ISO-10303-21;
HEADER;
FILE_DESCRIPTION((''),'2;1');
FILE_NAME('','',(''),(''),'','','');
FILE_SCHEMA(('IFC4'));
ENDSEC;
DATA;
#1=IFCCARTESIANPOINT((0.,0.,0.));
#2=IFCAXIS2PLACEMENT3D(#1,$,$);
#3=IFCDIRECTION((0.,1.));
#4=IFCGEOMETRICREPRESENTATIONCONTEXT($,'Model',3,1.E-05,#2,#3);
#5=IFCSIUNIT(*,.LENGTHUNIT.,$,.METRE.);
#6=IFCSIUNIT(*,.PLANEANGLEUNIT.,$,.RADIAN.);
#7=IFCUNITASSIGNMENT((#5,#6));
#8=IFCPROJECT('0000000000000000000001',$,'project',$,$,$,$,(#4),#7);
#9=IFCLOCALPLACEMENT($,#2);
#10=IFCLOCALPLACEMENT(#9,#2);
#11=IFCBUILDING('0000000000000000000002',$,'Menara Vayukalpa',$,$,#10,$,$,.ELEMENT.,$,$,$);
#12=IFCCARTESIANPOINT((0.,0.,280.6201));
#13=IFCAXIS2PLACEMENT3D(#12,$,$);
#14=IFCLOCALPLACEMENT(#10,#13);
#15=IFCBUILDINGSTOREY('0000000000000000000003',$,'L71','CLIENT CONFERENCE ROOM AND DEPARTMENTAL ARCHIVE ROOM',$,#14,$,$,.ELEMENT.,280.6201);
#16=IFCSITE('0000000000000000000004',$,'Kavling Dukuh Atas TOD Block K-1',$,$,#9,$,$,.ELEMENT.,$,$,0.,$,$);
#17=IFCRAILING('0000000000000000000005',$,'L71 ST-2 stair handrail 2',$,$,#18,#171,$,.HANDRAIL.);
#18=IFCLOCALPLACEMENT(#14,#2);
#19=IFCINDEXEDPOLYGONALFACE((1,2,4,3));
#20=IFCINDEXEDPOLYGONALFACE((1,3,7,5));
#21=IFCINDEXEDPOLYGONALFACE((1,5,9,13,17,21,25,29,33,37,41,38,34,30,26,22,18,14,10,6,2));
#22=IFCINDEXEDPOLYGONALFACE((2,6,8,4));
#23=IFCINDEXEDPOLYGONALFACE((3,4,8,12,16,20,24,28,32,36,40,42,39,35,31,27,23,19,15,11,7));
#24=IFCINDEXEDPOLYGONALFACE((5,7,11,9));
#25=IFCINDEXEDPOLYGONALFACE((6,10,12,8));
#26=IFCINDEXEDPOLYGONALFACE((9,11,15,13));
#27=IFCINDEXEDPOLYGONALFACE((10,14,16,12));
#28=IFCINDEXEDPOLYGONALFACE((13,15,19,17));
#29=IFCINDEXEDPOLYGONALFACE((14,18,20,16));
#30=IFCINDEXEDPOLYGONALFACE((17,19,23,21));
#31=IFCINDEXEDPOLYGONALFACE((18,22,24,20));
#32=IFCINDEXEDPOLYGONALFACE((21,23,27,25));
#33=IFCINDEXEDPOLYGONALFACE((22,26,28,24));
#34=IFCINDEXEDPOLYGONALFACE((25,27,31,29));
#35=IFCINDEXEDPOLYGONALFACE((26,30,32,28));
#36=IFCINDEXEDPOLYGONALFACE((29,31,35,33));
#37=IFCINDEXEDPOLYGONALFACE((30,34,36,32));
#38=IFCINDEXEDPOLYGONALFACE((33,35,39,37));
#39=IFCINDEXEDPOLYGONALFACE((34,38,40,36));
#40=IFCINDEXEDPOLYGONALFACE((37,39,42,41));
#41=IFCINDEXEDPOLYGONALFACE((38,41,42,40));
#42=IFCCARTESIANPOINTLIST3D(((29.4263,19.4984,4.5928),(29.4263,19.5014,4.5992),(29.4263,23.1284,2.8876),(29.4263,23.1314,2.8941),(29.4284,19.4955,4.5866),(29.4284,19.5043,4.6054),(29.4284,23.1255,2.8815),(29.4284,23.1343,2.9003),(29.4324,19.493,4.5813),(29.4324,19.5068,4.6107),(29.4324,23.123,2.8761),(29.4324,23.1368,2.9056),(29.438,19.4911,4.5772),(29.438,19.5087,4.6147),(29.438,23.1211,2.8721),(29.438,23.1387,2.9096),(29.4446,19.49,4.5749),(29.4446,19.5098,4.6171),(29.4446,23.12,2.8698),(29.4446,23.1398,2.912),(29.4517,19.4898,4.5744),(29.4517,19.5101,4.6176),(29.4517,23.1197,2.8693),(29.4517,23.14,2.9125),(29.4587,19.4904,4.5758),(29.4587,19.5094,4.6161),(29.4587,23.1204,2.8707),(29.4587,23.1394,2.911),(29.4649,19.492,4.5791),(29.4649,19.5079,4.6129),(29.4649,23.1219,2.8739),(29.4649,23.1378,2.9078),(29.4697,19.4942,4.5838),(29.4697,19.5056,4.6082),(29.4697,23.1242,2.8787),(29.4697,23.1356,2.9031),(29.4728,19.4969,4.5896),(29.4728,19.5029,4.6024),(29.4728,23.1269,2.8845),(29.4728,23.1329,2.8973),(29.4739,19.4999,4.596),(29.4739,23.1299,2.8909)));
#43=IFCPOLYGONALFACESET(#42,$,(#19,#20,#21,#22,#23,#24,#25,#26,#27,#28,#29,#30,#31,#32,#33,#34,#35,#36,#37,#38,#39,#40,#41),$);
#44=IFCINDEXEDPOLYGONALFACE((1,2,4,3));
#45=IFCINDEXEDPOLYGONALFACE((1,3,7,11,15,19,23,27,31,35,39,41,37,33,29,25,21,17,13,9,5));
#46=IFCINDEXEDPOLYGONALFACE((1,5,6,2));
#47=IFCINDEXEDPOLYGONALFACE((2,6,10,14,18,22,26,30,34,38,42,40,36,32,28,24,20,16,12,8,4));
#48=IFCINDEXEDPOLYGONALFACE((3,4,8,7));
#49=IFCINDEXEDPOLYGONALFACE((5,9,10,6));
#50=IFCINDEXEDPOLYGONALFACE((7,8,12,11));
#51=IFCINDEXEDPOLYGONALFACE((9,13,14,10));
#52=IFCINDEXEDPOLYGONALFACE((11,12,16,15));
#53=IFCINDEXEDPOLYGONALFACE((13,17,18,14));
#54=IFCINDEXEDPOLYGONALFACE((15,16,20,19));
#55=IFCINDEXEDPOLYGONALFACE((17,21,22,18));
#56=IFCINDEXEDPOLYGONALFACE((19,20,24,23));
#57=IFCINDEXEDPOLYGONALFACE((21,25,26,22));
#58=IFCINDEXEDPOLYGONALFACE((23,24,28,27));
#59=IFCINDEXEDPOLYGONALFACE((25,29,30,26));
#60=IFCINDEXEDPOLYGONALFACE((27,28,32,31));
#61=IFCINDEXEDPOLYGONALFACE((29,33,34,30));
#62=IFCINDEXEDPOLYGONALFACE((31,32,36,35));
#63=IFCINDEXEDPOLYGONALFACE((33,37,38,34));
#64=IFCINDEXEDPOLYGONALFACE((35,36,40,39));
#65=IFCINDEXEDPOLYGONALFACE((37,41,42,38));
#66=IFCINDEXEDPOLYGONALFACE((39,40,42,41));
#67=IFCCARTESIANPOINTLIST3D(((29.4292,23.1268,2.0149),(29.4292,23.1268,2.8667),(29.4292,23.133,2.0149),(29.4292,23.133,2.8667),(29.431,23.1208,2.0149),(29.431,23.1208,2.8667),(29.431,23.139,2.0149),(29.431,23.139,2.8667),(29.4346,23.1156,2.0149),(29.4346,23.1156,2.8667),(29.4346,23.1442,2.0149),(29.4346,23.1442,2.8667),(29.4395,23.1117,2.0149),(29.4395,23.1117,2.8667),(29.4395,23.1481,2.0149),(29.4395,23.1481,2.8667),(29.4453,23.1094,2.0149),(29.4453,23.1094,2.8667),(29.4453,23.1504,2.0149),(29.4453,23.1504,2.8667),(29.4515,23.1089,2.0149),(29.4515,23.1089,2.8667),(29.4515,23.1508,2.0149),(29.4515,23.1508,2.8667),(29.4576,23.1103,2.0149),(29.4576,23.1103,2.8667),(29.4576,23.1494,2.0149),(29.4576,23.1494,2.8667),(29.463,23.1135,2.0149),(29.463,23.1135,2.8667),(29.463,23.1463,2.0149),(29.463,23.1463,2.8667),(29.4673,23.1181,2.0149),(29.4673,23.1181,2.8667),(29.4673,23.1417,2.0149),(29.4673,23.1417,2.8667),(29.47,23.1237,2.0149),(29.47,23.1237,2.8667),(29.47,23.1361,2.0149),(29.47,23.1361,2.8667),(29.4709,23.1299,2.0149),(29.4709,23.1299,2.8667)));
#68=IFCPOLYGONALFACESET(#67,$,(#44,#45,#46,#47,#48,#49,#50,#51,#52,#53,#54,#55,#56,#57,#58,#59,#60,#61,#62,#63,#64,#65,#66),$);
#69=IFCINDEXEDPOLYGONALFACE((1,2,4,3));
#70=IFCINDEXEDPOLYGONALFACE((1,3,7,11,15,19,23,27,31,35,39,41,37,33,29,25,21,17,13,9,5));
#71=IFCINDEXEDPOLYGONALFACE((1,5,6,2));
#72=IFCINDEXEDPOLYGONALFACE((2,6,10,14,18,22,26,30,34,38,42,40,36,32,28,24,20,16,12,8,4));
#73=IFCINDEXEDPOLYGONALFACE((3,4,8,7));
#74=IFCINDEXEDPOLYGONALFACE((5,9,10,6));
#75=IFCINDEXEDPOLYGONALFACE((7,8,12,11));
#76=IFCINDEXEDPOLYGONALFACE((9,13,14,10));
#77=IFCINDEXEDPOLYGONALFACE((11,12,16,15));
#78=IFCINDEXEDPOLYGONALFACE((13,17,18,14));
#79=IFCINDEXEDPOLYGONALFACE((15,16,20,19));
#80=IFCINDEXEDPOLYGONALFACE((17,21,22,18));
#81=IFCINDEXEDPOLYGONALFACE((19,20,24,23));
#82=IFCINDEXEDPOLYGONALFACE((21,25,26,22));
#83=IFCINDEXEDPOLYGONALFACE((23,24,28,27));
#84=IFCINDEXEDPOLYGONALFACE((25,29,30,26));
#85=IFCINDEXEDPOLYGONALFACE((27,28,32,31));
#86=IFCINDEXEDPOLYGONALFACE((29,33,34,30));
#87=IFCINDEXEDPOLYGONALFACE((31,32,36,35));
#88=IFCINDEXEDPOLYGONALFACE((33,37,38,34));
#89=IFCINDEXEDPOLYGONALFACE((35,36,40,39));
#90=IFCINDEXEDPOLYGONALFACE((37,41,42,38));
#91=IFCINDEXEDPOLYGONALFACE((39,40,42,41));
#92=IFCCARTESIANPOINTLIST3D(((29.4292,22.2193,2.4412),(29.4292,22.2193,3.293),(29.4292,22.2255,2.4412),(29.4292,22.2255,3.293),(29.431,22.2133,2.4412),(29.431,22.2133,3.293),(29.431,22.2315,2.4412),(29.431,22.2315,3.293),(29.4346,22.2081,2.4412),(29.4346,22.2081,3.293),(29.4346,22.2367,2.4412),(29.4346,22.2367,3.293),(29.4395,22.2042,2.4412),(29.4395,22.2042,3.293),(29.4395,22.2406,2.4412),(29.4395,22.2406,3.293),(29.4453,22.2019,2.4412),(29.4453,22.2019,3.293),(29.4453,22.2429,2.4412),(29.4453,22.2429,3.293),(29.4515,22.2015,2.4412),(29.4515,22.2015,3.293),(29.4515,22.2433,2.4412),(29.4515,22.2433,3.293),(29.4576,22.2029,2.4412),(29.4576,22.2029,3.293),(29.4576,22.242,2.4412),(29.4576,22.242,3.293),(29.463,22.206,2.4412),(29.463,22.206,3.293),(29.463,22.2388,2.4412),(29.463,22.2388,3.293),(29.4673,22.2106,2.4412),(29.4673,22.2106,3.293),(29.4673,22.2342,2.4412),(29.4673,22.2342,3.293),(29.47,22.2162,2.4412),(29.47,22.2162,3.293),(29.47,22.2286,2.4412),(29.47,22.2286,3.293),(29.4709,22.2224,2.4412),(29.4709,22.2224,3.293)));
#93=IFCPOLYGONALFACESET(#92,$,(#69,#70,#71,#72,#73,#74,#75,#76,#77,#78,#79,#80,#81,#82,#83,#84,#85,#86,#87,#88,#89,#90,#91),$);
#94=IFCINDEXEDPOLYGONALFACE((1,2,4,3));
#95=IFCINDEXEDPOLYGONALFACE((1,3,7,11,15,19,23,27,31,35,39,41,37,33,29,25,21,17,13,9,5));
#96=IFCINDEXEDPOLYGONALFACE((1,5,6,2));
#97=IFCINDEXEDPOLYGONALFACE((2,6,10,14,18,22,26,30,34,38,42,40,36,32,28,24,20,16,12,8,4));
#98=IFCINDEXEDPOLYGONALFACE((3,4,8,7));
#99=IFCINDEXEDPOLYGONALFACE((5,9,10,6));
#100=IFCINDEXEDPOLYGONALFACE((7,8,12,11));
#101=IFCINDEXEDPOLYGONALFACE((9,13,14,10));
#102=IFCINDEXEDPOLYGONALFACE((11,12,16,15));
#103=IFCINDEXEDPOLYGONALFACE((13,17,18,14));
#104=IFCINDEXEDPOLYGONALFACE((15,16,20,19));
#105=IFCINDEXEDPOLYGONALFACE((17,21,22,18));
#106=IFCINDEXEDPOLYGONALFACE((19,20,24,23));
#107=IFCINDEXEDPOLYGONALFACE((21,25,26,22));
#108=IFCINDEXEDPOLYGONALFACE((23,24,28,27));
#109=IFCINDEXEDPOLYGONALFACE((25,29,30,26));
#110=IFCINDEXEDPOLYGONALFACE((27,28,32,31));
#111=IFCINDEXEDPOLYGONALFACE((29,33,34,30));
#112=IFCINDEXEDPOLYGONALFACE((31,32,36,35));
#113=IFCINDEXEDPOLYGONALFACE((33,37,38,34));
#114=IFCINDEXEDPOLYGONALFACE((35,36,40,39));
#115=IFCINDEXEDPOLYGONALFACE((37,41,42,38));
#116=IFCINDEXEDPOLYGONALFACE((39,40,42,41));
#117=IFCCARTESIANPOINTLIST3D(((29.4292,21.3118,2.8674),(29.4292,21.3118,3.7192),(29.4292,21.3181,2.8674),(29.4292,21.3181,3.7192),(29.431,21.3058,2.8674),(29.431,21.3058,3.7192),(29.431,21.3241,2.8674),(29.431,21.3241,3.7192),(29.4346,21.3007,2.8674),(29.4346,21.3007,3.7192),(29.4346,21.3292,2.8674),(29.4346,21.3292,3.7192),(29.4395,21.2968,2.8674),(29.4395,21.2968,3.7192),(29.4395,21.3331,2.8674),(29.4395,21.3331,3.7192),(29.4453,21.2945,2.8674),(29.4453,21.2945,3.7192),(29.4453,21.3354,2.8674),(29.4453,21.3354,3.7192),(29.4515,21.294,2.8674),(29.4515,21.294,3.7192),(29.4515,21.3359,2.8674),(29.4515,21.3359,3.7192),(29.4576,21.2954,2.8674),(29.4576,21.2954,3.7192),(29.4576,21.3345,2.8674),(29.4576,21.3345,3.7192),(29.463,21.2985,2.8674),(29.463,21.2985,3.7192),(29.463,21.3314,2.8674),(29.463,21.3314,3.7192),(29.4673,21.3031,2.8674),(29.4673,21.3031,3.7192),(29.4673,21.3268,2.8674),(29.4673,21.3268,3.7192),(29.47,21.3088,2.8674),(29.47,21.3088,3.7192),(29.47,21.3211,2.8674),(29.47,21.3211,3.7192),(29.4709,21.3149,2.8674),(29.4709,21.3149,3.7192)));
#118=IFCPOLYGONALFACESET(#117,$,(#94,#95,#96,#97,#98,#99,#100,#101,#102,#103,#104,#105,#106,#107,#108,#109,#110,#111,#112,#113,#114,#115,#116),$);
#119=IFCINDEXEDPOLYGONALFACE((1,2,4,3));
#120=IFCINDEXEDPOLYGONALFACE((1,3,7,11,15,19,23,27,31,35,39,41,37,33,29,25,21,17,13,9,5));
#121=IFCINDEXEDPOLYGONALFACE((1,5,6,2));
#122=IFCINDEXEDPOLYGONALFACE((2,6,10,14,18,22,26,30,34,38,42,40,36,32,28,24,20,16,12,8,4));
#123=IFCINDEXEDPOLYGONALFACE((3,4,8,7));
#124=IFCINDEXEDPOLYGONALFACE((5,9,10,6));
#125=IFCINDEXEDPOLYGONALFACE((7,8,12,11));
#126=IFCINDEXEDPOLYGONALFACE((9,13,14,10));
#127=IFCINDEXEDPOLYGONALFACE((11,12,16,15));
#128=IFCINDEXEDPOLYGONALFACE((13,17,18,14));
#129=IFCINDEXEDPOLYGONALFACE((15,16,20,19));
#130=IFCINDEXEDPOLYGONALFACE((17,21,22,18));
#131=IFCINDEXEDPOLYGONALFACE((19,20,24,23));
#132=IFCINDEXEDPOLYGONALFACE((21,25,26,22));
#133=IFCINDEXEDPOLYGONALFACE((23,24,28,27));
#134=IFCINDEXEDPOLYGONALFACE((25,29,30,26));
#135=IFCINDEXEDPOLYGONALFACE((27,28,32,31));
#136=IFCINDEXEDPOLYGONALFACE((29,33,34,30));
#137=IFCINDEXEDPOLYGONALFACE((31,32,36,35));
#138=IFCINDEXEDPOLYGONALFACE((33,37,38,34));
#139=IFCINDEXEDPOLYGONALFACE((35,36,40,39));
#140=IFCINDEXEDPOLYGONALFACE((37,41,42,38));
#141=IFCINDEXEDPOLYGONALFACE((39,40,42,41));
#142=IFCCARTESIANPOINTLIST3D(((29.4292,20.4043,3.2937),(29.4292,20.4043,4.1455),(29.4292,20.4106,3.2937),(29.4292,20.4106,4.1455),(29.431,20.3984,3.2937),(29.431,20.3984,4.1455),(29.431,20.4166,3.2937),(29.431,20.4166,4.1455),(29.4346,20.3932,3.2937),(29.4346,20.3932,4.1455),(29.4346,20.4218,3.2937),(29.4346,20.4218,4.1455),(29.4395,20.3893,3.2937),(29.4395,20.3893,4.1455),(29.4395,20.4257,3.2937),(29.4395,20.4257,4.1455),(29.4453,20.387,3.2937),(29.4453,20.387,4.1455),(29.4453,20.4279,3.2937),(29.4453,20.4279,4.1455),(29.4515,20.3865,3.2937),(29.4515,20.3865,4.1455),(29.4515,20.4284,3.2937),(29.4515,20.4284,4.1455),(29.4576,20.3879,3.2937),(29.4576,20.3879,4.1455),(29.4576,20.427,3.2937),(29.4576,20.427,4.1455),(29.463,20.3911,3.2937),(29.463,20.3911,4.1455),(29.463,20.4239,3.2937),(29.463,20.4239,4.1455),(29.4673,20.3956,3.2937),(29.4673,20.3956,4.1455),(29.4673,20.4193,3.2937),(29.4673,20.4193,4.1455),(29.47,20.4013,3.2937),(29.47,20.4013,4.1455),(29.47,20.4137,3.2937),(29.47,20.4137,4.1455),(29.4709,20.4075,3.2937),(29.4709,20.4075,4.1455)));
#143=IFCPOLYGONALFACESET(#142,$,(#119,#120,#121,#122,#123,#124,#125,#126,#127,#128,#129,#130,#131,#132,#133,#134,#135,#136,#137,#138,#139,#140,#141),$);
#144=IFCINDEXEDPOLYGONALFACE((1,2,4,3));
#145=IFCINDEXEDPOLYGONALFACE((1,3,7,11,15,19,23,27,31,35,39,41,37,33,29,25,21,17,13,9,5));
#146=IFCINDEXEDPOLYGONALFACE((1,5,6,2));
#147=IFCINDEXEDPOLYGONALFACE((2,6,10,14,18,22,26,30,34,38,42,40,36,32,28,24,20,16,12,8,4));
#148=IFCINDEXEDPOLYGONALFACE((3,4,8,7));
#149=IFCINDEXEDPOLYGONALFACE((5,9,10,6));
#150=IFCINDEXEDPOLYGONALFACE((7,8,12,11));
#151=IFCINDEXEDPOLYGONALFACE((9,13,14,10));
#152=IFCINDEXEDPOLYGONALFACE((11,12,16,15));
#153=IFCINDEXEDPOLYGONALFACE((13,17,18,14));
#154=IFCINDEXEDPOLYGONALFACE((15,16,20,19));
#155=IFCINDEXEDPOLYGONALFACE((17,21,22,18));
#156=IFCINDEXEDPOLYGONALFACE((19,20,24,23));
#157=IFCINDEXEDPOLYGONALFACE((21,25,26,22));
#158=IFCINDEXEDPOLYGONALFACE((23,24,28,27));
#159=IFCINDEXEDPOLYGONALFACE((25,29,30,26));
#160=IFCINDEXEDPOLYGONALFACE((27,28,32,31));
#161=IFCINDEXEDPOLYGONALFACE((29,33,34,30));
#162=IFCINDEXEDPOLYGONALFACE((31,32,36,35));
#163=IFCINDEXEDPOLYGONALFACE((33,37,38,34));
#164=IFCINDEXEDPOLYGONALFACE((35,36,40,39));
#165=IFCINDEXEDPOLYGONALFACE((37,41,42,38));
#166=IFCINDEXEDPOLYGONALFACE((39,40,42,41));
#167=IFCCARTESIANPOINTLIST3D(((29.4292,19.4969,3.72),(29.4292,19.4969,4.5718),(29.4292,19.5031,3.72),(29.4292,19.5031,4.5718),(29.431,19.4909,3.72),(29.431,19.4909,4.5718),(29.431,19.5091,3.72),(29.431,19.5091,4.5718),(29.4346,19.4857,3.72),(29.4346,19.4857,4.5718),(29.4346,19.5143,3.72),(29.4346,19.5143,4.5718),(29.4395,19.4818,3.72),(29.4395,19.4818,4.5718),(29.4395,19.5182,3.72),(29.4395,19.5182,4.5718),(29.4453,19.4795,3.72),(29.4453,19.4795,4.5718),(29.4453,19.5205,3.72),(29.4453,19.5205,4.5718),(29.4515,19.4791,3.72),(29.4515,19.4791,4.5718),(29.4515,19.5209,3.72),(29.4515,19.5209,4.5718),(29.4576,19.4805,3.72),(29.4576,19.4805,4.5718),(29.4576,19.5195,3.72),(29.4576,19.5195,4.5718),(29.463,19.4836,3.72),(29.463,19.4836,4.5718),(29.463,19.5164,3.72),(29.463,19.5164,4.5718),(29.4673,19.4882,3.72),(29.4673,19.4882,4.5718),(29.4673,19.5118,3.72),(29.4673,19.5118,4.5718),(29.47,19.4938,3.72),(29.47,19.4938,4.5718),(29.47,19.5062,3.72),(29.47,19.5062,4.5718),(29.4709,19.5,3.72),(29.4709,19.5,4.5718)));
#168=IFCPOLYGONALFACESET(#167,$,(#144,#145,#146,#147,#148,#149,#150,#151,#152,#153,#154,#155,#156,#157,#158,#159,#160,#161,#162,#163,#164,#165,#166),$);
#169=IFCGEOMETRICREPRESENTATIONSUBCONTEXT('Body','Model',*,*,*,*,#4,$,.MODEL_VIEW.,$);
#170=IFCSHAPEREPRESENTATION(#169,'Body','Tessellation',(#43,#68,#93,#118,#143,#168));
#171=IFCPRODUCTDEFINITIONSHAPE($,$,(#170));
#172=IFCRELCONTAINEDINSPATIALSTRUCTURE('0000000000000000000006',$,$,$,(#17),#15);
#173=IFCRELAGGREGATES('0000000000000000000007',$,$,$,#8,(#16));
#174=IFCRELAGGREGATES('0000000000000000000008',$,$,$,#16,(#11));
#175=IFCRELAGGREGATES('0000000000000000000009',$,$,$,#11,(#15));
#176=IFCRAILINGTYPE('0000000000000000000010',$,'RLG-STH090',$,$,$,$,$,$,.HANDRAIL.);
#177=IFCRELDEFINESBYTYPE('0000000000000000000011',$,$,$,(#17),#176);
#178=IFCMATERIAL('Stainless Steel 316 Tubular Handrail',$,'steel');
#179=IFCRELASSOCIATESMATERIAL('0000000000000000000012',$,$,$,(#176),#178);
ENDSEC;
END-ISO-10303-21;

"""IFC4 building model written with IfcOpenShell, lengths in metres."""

from ifc_helpers import new_model, si_unit, direction, frame, origin, origin_2d, place, context, subcontext, project, spatial, circle, extrude, material, type_object, element, save


model = new_model("IFC4")

# Units and contexts
model_context = context("Model", 3, precision=1e-05, world=origin(), true_north=direction((0.0, 1.0)))
body_context = subcontext(model_context, "Body", "Model", "MODEL_VIEW")
ifc_project = project(units=[si_unit("LENGTHUNIT", "METRE"), si_unit("PLANEANGLEUNIT", "RADIAN")], contexts=[model_context])

# Site, building, storey
site_placement = place(None, origin())
site = spatial("IfcSite", under=ifc_project, at=site_placement, Name="Kavling Dukuh Atas TOD Block K-1", CompositionType="ELEMENT", RefElevation=0.0)
building_placement = place(site_placement, origin())
building = spatial("IfcBuilding", under=site, at=building_placement, Name="Menara Vayukalpa", CompositionType="ELEMENT")
storey_placement = place(building_placement, frame((0.0, 0.0, 280.6201)))
storey = spatial("IfcBuildingStorey", under=building, at=storey_placement, Name="L71", Description="CLIENT CONFERENCE ROOM AND DEPARTMENTAL ARCHIVE ROOM", CompositionType="ELEMENT", Elevation=280.6201)

# Railing
ifc_material_1 = material(Name="Stainless Steel 316 Tubular Handrail", Category="steel")
railing_type_1 = type_object("IfcRailingType", Name="RLG-STH090", PredefinedType="HANDRAIL", material=ifc_material_1)
railing_1_placement = place(storey_placement, frame((29.45, 23.1299, 2.0149)))
element("IfcRailing", 1, at=railing_1_placement, inside=storey, type_object=railing_type_1, Name="L71 ST-2 stair handrail 2", PredefinedType="HANDRAIL", context=body_context, shape_type="SweptSolid", body=[
    extrude(circle(Radius=0.0239, at=origin_2d()), frame((0.0, 0.0, 0.876), z_axis=(0.0, -0.905116, 0.425164), x_axis=(1.0, 0.0, 0.0)), (0.0, 0.0, 1.0), 4.0105),
    extrude(circle(Radius=0.021, at=origin_2d()), origin(), (0.0, 0.0, 1.0), 0.8518),
    extrude(circle(Radius=0.021, at=origin_2d()), frame((0.0, -0.9075, 0.4263)), (0.0, 0.0, 1.0), 0.8518),
    extrude(circle(Radius=0.021, at=origin_2d()), frame((0.0, -1.8149, 0.8525)), (0.0, 0.0, 1.0), 0.8518),
    extrude(circle(Radius=0.021, at=origin_2d()), frame((0.0, -2.7224, 1.2788)), (0.0, 0.0, 1.0), 0.8518),
    extrude(circle(Radius=0.021, at=origin_2d()), frame((0.0, -3.6299, 1.7051)), (0.0, 0.0, 1.0), 0.8518),
])

save(model, "model.ifc")
